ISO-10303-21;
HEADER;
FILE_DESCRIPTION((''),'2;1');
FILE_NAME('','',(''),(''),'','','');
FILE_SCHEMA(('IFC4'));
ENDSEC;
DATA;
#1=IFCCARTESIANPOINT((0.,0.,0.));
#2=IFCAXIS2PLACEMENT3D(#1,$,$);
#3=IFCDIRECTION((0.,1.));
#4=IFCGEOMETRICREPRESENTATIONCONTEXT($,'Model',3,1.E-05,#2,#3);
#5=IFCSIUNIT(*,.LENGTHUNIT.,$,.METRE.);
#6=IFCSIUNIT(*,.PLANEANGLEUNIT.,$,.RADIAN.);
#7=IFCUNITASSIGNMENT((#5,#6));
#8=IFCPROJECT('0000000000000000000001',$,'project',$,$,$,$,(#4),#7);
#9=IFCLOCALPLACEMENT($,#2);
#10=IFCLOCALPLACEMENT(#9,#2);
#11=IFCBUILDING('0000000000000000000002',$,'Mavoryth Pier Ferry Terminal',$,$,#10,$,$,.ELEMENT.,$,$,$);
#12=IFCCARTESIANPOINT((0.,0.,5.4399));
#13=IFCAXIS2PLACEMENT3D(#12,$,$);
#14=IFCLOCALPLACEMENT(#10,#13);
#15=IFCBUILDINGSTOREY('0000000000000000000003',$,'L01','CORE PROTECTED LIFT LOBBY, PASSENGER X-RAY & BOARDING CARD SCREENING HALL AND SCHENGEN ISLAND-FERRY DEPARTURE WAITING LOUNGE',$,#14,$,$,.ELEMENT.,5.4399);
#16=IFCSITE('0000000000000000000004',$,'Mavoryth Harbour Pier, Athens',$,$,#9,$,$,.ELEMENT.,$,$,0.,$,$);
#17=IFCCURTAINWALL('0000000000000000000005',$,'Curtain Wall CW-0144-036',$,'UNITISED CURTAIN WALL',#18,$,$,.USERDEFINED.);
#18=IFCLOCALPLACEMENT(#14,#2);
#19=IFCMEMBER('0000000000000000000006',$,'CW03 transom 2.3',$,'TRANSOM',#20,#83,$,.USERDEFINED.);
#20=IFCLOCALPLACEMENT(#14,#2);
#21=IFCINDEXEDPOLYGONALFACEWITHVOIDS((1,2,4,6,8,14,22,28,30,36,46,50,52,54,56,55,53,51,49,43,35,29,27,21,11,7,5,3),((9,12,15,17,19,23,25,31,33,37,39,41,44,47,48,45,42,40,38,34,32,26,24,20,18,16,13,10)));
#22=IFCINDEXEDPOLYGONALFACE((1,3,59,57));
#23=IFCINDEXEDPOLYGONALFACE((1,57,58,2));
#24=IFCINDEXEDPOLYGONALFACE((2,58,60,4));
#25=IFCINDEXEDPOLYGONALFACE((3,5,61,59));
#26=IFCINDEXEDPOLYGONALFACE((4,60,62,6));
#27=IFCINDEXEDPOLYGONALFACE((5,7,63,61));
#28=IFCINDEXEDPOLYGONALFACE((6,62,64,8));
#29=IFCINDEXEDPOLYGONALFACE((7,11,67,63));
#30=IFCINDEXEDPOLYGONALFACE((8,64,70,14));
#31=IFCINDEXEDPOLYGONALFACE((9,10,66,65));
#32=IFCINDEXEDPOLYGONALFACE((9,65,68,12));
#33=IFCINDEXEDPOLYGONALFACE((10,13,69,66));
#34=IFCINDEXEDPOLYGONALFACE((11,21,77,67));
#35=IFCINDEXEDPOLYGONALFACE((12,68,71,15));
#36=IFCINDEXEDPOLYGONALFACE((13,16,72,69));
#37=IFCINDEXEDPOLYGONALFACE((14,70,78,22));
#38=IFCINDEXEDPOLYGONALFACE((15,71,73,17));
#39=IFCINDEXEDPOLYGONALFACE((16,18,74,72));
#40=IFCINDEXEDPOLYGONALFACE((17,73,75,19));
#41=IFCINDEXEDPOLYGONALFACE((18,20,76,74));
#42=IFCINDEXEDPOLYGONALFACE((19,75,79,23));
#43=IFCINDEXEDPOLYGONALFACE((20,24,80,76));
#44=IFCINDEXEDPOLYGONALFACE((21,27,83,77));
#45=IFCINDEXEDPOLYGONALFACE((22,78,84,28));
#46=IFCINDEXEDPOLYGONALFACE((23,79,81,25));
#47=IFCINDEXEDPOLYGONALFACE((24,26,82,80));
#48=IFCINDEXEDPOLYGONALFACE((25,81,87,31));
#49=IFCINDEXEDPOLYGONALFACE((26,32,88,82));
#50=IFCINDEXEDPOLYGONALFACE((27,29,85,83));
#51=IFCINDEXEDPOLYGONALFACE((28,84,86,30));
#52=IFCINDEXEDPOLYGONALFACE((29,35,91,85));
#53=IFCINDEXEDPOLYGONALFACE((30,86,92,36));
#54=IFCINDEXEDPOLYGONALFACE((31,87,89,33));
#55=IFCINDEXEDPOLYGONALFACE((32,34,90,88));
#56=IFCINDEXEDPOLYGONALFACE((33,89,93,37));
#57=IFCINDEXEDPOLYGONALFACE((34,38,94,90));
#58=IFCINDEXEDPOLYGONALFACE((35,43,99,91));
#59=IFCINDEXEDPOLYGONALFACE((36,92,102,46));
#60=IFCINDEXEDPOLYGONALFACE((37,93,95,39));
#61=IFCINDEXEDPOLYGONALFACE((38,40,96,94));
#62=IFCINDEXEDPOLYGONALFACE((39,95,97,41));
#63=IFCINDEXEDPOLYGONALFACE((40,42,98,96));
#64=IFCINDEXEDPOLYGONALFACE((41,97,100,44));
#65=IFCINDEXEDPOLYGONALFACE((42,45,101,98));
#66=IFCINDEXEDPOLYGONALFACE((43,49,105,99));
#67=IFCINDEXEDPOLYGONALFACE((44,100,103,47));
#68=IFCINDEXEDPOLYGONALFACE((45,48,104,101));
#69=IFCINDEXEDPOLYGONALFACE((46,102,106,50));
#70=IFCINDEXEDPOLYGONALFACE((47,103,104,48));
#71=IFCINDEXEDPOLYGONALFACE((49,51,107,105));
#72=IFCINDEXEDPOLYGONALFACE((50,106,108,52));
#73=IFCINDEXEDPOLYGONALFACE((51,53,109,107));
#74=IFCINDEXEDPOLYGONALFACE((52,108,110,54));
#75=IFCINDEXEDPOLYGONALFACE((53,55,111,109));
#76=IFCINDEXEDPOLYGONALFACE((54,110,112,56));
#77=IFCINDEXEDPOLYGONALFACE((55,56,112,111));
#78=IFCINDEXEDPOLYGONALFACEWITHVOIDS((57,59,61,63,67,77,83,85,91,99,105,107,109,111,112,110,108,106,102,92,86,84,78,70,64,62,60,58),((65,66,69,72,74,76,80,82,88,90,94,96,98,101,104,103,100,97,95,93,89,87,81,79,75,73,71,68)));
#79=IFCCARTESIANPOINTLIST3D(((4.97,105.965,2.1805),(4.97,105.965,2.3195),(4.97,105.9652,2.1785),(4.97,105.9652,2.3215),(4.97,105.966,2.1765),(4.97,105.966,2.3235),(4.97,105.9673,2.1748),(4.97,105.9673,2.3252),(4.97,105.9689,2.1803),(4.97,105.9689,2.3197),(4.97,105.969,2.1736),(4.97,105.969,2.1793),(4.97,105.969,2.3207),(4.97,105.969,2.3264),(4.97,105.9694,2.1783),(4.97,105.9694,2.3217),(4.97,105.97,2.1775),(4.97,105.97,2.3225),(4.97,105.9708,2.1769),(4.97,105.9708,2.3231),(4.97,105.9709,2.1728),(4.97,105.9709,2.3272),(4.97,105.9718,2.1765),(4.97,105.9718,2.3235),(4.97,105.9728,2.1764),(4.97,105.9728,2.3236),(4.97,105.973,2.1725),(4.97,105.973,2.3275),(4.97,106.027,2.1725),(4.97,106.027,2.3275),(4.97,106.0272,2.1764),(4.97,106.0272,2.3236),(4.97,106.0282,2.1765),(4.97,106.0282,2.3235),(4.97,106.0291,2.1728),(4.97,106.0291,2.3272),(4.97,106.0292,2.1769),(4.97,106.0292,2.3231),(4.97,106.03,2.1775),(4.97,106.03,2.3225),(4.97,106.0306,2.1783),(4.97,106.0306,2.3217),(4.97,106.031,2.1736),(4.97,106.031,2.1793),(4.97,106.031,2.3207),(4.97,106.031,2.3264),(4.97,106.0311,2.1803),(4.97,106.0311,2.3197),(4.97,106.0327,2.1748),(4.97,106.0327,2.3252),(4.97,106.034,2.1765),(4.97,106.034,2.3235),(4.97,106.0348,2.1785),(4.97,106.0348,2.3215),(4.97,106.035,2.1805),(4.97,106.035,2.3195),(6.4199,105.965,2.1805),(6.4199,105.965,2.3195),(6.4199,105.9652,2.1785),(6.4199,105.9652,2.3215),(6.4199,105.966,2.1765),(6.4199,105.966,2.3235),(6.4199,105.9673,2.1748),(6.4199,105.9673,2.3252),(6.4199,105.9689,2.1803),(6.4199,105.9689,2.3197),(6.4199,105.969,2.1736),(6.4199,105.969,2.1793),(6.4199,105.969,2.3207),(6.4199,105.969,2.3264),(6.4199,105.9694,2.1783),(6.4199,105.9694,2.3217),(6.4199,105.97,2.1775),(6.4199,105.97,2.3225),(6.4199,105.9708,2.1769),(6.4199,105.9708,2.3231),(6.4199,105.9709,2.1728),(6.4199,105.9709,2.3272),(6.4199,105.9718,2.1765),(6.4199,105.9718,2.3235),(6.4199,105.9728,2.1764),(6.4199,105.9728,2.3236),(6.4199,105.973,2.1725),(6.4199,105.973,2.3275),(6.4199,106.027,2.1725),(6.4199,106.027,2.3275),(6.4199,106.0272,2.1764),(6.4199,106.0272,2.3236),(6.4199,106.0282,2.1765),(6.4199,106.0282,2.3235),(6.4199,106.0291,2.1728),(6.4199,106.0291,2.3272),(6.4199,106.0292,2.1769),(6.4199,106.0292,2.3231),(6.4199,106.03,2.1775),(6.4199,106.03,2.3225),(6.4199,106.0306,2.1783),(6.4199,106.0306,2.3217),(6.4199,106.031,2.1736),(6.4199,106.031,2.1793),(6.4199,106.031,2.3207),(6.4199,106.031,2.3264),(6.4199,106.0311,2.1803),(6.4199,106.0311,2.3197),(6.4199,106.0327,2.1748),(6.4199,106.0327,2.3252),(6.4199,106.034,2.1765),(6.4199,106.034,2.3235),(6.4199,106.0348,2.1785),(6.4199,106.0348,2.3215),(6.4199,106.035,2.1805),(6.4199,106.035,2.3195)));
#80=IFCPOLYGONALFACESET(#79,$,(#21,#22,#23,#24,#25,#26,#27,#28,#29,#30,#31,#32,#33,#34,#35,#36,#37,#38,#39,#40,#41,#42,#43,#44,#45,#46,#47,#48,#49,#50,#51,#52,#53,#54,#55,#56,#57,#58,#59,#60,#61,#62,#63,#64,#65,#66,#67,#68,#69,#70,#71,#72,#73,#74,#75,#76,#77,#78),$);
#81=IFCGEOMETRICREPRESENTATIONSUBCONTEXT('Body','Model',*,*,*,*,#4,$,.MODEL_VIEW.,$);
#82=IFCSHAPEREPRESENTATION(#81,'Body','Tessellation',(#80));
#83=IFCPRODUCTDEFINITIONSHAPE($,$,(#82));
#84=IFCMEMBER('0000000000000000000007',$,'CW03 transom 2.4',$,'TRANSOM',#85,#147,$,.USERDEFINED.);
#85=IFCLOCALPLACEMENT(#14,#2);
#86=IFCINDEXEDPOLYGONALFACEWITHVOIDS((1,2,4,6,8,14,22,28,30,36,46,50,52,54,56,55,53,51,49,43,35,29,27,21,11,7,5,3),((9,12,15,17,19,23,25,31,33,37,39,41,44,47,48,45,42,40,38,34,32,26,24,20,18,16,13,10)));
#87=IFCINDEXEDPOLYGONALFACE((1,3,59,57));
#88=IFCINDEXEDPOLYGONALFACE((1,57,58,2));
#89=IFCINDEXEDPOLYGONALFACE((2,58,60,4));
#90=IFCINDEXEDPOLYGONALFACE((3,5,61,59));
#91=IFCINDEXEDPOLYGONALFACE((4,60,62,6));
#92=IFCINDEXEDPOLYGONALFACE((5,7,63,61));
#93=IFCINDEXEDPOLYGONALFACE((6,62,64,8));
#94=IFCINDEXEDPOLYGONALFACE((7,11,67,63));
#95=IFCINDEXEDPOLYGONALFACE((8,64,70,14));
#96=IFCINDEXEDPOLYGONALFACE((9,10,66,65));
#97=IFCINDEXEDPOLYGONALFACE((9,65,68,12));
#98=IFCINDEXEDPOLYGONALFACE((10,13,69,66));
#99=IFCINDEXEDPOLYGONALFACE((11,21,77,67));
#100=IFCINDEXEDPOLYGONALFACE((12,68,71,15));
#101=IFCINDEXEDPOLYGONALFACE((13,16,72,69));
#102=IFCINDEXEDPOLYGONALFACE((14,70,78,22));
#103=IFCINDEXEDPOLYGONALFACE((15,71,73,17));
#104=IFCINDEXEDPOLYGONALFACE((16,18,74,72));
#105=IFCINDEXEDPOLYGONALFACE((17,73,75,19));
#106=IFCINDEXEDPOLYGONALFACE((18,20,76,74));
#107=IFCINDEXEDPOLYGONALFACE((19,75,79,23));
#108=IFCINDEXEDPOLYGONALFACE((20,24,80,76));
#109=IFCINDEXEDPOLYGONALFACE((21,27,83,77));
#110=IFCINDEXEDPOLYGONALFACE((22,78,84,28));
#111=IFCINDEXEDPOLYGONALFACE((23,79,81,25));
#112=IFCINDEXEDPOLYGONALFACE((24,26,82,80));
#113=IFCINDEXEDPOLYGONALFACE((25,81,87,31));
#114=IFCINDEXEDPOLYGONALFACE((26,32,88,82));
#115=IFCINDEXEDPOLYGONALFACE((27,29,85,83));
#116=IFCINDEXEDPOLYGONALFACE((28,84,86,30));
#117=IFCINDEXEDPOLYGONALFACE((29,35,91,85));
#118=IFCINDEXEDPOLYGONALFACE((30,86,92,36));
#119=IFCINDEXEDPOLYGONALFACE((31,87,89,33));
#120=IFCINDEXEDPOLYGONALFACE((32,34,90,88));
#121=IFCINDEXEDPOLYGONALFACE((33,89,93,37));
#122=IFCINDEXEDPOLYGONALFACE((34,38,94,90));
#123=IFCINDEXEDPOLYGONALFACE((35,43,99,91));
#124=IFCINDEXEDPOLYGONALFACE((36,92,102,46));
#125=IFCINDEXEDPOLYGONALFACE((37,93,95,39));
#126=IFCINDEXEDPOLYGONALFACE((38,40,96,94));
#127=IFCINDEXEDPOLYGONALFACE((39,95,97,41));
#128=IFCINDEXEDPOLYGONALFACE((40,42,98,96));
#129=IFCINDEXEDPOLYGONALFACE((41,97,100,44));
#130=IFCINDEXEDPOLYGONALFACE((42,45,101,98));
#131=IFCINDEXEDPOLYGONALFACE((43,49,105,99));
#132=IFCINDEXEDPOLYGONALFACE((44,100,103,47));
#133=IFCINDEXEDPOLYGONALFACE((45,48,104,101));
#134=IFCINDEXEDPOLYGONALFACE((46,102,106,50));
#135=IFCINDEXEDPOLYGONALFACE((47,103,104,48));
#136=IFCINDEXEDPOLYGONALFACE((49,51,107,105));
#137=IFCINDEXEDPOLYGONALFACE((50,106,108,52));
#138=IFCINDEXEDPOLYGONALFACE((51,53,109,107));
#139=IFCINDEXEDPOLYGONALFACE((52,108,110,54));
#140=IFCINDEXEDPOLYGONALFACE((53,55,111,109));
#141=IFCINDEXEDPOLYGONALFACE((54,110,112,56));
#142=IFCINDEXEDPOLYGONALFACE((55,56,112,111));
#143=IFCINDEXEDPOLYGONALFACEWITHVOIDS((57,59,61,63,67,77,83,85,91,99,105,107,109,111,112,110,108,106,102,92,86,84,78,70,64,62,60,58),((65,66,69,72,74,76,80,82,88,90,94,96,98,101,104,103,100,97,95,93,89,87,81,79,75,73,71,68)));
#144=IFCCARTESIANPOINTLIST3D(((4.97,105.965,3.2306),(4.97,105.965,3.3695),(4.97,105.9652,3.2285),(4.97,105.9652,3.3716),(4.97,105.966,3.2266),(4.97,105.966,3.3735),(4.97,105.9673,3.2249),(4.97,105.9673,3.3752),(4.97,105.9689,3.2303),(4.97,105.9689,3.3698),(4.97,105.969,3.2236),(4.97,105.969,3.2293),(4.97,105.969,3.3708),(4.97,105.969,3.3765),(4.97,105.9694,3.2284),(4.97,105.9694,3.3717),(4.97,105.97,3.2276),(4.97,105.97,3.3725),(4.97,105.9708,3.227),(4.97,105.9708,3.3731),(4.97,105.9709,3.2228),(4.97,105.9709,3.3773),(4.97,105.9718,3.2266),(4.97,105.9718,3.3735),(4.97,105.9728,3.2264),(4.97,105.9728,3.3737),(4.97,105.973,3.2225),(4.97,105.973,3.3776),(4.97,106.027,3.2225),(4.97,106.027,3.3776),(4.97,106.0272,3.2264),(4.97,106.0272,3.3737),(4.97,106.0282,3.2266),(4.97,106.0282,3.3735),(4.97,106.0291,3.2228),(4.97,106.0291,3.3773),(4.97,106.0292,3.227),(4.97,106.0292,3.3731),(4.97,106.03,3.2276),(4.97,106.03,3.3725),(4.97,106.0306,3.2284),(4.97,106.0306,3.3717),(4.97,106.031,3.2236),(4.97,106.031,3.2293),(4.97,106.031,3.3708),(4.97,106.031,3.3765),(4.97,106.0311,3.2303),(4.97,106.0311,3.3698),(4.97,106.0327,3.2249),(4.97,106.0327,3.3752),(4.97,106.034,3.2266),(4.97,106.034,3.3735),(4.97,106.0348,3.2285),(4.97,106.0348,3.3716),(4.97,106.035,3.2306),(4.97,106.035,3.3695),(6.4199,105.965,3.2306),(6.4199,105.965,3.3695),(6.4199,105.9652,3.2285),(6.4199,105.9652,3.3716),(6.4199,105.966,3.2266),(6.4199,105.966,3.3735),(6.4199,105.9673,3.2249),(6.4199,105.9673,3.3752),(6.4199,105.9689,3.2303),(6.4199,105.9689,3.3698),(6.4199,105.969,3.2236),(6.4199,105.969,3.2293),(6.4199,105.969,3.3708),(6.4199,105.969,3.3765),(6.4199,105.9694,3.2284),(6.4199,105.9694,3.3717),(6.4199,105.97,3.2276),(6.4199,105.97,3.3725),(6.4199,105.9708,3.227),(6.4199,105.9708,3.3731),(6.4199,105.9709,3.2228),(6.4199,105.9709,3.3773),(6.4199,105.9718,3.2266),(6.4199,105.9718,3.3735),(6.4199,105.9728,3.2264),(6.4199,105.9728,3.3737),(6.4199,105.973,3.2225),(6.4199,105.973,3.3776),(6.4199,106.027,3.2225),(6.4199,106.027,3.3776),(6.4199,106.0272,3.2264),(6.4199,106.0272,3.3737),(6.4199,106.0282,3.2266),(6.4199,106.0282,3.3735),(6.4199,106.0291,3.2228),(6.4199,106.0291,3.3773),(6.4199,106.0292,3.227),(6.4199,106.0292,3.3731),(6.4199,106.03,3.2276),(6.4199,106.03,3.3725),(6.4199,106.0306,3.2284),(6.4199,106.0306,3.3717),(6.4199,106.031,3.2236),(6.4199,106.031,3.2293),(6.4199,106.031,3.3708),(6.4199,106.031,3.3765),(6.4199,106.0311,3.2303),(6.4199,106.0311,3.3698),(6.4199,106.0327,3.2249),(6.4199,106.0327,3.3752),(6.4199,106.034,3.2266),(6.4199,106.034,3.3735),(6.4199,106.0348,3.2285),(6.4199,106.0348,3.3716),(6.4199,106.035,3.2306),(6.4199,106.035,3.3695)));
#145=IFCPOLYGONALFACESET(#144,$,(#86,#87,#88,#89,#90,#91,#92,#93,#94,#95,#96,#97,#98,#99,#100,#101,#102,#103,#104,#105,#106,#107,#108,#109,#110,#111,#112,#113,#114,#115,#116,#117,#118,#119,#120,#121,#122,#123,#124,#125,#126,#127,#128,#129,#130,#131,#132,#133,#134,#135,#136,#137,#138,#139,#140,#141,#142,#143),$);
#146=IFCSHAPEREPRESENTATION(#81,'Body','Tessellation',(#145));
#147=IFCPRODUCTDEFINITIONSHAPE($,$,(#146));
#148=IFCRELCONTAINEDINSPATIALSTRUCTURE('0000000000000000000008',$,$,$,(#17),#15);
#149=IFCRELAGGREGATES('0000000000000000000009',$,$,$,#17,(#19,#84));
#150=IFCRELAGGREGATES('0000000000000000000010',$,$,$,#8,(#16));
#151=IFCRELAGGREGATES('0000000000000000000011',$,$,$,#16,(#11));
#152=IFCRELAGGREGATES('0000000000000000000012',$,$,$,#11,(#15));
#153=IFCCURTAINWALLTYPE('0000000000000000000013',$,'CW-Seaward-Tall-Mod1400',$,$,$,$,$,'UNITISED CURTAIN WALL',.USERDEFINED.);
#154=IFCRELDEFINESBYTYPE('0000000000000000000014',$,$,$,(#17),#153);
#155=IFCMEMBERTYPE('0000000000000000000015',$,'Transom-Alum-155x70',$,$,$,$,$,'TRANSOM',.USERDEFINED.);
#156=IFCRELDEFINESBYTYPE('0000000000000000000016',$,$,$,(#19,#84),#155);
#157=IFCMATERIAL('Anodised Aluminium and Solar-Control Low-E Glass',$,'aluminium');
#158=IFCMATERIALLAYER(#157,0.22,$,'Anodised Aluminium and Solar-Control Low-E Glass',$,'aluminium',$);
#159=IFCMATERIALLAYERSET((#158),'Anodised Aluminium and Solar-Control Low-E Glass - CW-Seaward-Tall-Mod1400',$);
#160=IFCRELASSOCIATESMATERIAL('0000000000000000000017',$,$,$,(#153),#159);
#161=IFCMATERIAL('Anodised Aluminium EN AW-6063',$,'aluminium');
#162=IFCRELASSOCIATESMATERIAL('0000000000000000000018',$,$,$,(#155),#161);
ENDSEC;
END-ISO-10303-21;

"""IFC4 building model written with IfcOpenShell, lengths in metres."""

from ifc_helpers import new_model, si_unit, direction, frame, origin, origin_2d, place, context, subcontext, project, spatial, hollow_rectangle, extrude, material, layer, layer_set, material_profile, profile_set, type_object, element, aggregate, save


model = new_model("IFC4")

# Units and contexts
model_context = context("Model", 3, precision=1e-05, world=origin(), true_north=direction((0.0, 1.0)))
body_context = subcontext(model_context, "Body", "Model", "MODEL_VIEW")
ifc_project = project(units=[si_unit("LENGTHUNIT", "METRE"), si_unit("PLANEANGLEUNIT", "RADIAN")], contexts=[model_context])

# Site, building, storey
site_placement = place(None, origin())
site = spatial("IfcSite", under=ifc_project, at=site_placement, Name="Mavoryth Harbour Pier, Athens", CompositionType="ELEMENT", RefElevation=0.0)
building_placement = place(site_placement, origin())
building = spatial("IfcBuilding", under=site, at=building_placement, Name="Mavoryth Pier Ferry Terminal", CompositionType="ELEMENT")
storey_placement = place(building_placement, frame((0.0, 0.0, 5.4399)))
storey = spatial("IfcBuildingStorey", under=building, at=storey_placement, Name="L01", Description="CORE PROTECTED LIFT LOBBY, PASSENGER X-RAY & BOARDING CARD SCREENING HALL AND SCHENGEN ISLAND-FERRY DEPARTURE WAITING LOUNGE", CompositionType="ELEMENT", Elevation=5.4399)

# Curtain wall
ifc_material_1 = material(Name="Anodised Aluminium and Solar-Control Low-E Glass", Category="aluminium")
ifc_layer_1 = layer(ifc_material_1, 0.22, Name="Anodised Aluminium and Solar-Control Low-E Glass", Category="aluminium")
ifc_layer_set_1 = layer_set([ifc_layer_1], Name="Anodised Aluminium and Solar-Control Low-E Glass - CW-Seaward-Tall-Mod1400")
curtain_wall_type = type_object("IfcCurtainWallType", Name="CW-Seaward-Tall-Mod1400", ElementType="UNITISED CURTAIN WALL", PredefinedType="USERDEFINED", material=ifc_layer_set_1)
curtain_wall_1_placement = place(storey_placement, origin())
curtain_wall_1 = element("IfcCurtainWall", 1, at=curtain_wall_1_placement, inside=storey, type_object=curtain_wall_type, Name="Curtain Wall CW-0144-036", ObjectType="UNITISED CURTAIN WALL", PredefinedType="USERDEFINED")
ifc_material_2 = material(Name="Anodised Aluminium EN AW-6063", Category="aluminium")

# Members
ifc_material_profile_1 = material_profile(ifc_material_2, hollow_rectangle(XDim=0.0701, YDim=0.155, WallThickness=0.0039, InnerFilletRadius=0.0039, OuterFilletRadius=0.0081, at=origin_2d()), Name="AL-TRAN 155x70x4", Category="aluminium")
ifc_profile_set_1 = profile_set([ifc_material_profile_1], Name="Anodised Aluminium EN AW-6063 - AL-TRAN 155x70x4")
member_type_1 = type_object("IfcMemberType", Name="Transom-Alum-155x70", ElementType="TRANSOM", PredefinedType="USERDEFINED", material=ifc_profile_set_1)
member_1_placement = place(storey_placement, frame((6.4199, 106.0, 2.25), z_axis=(-1.0, 0.0, 0.0), x_axis=(0.0, -1.0, 0.0)))
member_1 = element("IfcMember", 2, at=member_1_placement, type_object=member_type_1, Name="CW03 transom 2.3", ObjectType="TRANSOM", PredefinedType="USERDEFINED", context=body_context, shape_type="SweptSolid", body=[
    extrude(hollow_rectangle(XDim=0.0701, YDim=0.155, WallThickness=0.0039, InnerFilletRadius=0.0039, OuterFilletRadius=0.0081, at=origin_2d()), origin(), (0.0, 0.0, 1.0), 1.45),
])
member_2_placement = place(storey_placement, frame((6.4199, 106.0, 3.3), z_axis=(-1.0, 0.0, 0.0), x_axis=(0.0, -1.0, 0.0)))
member_2 = element("IfcMember", 3, at=member_2_placement, type_object=member_type_1, Name="CW03 transom 2.4", ObjectType="TRANSOM", PredefinedType="USERDEFINED", context=body_context, shape_type="SweptSolid", body=[
    extrude(hollow_rectangle(XDim=0.0701, YDim=0.155, WallThickness=0.0039, InnerFilletRadius=0.0039, OuterFilletRadius=0.0081, at=origin_2d()), origin(), (0.0, 0.0, 1.0), 1.45),
])

aggregate(curtain_wall_1, [member_1, member_2])

save(model, "model.ifc")
